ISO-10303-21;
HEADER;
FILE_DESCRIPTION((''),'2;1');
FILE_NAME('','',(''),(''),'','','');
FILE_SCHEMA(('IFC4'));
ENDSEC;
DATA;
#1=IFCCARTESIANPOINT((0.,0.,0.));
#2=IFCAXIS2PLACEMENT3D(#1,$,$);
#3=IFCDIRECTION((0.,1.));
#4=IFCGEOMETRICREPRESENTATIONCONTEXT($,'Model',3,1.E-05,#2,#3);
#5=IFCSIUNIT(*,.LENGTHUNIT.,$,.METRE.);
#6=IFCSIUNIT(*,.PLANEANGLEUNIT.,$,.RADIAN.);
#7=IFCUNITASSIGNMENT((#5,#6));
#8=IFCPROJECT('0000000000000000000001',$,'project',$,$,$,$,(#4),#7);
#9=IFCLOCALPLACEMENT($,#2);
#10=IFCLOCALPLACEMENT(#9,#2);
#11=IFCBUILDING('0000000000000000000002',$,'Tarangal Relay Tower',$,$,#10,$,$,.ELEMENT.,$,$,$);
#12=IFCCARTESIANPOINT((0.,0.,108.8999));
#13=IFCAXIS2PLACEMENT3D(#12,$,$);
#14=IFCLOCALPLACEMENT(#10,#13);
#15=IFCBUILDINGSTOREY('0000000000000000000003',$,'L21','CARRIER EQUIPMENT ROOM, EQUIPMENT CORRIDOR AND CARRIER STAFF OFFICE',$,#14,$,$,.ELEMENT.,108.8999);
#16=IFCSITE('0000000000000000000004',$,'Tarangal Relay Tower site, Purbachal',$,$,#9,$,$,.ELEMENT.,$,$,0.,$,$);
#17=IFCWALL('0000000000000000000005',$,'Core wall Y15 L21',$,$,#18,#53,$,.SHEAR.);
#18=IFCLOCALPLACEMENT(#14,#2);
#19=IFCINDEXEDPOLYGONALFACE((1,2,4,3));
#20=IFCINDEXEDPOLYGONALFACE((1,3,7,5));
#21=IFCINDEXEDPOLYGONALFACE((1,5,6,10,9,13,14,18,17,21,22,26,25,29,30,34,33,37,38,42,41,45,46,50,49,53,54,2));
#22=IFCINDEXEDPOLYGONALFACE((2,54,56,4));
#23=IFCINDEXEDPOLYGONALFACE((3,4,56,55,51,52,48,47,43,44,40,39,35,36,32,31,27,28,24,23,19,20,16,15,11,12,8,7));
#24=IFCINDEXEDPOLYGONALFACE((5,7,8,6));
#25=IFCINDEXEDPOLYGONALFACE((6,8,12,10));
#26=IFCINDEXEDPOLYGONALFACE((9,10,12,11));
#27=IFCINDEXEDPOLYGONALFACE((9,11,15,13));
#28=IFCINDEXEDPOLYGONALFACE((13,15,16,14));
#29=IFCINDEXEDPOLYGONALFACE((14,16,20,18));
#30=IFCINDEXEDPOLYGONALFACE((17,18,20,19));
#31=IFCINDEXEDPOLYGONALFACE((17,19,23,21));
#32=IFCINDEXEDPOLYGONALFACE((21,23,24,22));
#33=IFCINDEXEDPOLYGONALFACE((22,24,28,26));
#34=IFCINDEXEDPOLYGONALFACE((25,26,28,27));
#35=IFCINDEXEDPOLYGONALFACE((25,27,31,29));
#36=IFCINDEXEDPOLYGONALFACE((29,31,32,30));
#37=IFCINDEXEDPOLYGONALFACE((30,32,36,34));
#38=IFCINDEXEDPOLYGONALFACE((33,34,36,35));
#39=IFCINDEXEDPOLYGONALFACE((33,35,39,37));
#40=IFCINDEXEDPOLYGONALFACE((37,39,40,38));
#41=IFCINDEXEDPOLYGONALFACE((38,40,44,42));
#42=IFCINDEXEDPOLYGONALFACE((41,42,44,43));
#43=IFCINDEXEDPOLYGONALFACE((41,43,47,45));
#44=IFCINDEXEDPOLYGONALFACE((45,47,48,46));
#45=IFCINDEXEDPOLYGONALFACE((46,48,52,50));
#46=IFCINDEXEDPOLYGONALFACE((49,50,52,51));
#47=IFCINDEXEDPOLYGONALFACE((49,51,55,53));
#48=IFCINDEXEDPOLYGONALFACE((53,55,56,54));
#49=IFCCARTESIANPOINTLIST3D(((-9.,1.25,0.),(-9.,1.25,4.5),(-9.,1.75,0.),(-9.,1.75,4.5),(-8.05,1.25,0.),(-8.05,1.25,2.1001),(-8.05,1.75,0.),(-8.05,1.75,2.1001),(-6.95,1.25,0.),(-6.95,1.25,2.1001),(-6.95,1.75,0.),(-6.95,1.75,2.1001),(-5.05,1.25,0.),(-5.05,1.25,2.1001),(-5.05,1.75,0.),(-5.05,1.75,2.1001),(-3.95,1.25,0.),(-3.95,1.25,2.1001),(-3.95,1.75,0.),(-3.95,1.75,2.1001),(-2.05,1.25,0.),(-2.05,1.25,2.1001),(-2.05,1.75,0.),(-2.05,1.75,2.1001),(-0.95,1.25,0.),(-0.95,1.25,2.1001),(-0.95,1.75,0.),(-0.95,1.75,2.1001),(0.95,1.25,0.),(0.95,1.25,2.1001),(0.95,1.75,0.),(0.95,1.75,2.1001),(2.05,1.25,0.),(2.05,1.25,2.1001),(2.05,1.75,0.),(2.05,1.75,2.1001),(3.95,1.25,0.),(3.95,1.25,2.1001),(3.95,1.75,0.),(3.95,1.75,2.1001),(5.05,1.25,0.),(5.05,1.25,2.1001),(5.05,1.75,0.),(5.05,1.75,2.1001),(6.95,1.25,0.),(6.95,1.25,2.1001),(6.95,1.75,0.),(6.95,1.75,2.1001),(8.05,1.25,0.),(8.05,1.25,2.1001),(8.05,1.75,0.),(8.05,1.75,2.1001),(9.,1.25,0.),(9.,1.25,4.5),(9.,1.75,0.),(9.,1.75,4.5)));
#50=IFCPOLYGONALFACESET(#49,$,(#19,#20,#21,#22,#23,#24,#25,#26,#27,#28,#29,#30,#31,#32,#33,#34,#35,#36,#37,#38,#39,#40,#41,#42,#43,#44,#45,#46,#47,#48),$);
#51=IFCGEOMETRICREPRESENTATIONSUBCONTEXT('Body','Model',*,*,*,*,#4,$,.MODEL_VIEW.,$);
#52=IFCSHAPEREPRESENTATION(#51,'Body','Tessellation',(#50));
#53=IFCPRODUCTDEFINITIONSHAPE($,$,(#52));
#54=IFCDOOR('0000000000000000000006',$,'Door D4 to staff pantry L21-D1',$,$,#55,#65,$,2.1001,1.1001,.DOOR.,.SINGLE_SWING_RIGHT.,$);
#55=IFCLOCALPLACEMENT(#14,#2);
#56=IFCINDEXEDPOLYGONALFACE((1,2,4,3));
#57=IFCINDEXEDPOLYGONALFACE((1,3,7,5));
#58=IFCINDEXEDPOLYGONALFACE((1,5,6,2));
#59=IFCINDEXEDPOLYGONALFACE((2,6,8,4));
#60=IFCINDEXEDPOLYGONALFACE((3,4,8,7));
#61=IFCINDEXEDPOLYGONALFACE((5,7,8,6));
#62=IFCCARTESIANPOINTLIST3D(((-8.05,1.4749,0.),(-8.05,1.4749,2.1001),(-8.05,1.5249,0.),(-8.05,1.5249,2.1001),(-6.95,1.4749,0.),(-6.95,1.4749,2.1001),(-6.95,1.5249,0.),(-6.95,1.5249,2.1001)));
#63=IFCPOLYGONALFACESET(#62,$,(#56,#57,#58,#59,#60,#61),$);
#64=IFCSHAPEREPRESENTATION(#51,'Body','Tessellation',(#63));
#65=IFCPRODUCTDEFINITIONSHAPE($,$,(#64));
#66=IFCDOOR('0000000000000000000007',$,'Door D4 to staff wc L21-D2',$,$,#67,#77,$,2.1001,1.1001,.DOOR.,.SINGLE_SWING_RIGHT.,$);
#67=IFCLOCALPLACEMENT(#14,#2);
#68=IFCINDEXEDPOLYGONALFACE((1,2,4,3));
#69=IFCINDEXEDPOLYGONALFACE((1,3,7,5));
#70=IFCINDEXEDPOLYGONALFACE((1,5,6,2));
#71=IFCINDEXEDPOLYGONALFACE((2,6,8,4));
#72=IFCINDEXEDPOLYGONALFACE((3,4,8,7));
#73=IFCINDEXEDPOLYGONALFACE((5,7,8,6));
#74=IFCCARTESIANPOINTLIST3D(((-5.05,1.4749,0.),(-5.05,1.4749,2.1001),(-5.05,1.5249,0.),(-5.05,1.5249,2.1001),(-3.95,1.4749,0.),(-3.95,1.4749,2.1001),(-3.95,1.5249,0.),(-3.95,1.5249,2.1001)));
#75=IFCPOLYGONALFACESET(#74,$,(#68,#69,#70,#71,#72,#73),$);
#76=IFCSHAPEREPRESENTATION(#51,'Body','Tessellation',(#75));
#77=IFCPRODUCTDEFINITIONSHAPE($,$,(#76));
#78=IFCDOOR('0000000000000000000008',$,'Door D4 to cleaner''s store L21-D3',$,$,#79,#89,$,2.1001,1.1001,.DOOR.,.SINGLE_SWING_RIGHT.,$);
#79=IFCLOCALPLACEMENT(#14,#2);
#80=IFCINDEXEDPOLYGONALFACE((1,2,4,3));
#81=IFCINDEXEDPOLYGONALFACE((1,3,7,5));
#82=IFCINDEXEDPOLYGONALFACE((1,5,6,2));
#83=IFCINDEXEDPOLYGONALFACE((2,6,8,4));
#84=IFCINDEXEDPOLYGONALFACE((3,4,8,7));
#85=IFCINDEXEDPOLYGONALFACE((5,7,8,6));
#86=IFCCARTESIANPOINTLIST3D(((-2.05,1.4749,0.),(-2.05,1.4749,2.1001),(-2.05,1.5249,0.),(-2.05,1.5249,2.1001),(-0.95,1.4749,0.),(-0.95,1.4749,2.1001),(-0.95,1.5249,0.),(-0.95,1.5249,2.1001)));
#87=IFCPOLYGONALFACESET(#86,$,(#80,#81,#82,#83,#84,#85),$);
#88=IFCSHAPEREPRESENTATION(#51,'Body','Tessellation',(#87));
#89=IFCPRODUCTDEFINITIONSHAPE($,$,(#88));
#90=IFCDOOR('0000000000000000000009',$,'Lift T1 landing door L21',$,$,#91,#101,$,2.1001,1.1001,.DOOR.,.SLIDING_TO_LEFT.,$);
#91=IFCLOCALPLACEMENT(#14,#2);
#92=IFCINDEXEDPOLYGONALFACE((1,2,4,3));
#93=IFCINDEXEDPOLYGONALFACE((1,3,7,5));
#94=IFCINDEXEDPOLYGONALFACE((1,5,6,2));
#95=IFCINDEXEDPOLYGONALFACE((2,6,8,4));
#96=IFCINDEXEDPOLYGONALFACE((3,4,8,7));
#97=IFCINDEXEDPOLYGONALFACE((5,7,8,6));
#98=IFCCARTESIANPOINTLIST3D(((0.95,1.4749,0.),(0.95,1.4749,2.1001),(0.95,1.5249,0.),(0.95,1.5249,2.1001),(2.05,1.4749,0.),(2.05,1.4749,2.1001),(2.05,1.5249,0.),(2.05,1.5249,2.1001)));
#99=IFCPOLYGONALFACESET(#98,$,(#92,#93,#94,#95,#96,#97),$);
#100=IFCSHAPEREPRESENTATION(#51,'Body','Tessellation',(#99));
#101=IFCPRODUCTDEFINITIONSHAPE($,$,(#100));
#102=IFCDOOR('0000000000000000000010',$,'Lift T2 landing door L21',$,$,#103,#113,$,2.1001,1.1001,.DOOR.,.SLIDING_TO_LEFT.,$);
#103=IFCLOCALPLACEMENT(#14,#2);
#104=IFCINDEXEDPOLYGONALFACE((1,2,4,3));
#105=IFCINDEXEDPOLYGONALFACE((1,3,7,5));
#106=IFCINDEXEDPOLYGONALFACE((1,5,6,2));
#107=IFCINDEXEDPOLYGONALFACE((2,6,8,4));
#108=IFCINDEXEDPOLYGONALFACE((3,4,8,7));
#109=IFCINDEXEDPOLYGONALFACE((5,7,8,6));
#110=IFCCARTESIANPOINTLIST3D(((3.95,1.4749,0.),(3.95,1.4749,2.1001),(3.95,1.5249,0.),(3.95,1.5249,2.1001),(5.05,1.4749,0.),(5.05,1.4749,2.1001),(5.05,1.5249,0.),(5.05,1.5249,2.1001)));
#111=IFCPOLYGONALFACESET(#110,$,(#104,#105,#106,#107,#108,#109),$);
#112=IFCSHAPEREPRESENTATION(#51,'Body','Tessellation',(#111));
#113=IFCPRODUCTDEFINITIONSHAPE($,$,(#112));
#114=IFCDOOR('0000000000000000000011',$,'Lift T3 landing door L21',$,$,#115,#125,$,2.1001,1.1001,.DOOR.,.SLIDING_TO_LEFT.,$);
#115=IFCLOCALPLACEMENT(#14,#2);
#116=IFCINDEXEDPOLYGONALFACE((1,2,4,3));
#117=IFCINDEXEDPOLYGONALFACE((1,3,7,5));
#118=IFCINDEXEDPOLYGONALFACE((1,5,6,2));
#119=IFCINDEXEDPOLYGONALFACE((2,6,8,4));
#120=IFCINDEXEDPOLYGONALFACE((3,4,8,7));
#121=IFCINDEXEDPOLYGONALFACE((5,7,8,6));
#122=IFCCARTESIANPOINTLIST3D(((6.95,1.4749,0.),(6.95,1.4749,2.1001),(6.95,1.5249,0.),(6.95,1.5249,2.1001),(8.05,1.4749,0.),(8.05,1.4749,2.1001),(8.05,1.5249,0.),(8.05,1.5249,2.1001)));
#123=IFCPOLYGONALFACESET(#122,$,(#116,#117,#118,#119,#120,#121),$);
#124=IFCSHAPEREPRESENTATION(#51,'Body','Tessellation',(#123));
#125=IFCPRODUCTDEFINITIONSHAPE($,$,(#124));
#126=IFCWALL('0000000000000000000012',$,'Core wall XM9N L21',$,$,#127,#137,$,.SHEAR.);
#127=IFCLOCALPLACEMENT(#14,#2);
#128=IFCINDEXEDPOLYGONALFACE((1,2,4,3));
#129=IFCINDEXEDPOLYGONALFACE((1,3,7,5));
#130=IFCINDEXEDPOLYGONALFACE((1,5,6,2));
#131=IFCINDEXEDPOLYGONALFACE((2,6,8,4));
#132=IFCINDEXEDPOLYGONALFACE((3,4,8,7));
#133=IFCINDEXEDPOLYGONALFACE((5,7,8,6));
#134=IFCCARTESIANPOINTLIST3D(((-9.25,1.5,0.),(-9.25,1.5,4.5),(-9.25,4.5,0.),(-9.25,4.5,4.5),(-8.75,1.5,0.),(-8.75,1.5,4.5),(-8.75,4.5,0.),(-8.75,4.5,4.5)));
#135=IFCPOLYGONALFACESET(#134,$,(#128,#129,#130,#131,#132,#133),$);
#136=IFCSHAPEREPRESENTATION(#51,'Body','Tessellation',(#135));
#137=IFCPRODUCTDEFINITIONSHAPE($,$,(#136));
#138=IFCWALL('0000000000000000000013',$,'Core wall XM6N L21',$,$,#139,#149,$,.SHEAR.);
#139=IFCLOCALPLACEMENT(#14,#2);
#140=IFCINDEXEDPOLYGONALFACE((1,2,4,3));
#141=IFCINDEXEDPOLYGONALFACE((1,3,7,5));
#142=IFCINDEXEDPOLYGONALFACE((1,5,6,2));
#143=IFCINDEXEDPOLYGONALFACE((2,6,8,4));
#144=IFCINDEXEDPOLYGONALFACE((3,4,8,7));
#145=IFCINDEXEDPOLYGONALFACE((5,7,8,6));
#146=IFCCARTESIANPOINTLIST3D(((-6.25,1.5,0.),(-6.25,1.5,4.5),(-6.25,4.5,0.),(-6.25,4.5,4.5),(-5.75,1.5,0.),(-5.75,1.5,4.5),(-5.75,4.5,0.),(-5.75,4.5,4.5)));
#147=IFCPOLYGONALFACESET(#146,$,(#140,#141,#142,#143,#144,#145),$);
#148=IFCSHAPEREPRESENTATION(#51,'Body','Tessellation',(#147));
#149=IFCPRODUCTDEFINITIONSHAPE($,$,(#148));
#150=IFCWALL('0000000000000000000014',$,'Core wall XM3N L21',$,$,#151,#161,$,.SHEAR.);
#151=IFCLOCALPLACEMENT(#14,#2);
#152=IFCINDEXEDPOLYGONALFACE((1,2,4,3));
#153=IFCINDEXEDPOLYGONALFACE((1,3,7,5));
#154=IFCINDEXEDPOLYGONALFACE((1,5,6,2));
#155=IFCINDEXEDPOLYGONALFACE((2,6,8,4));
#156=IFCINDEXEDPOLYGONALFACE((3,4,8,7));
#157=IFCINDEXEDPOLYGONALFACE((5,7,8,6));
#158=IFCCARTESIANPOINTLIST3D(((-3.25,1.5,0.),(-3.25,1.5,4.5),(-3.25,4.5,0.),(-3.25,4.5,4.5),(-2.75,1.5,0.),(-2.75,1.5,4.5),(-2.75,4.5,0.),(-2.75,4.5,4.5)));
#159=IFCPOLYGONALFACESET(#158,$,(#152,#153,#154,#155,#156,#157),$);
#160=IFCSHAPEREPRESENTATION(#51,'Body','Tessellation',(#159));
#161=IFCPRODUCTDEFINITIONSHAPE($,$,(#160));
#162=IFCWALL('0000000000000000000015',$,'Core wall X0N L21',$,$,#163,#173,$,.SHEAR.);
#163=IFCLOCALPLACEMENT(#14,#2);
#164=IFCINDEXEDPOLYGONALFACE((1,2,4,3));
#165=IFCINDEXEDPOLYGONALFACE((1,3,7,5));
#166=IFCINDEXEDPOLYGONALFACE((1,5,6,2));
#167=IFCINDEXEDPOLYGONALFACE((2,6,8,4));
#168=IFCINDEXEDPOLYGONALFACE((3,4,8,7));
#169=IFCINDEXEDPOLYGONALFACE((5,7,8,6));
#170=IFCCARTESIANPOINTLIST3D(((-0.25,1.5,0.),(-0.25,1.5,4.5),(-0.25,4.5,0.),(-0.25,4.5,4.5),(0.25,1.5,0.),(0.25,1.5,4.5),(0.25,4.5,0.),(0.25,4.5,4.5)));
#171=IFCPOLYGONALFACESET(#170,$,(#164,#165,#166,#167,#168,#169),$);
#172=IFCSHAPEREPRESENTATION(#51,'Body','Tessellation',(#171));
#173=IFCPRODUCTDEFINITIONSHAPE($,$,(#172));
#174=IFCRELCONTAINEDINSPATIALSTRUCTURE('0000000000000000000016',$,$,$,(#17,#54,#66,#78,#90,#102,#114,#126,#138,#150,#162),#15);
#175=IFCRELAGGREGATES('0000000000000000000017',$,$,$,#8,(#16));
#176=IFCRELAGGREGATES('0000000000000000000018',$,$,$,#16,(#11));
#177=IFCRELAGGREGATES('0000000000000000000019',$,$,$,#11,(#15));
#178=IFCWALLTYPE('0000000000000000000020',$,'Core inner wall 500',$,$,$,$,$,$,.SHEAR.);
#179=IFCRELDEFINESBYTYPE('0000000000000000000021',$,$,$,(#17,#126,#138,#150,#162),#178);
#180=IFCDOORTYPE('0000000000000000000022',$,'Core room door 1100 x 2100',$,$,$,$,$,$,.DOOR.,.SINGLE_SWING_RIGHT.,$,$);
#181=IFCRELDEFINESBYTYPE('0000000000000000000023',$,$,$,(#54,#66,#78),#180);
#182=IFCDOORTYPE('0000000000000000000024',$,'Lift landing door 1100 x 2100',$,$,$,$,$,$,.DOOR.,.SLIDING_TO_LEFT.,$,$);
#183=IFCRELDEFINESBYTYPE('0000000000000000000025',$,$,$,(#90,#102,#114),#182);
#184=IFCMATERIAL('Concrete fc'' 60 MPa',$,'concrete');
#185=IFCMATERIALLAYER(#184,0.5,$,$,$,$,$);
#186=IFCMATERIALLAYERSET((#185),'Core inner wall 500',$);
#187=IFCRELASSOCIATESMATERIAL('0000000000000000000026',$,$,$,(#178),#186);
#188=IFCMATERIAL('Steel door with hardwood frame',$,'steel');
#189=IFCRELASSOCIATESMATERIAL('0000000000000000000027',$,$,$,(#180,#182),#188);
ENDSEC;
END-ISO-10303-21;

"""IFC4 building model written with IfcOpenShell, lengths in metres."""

from ifc_helpers import new_model, si_unit, direction, frame, frame_2d, origin, place, context, subcontext, project, spatial, rectangle, extrude, material, layer, layer_set, type_object, element, fill, save


model = new_model("IFC4")

# Units and contexts
model_context = context("Model", 3, precision=1e-05, world=origin(), true_north=direction((0.0, 1.0)))
body_context = subcontext(model_context, "Body", "Model", "MODEL_VIEW")
ifc_project = project(units=[si_unit("LENGTHUNIT", "METRE"), si_unit("PLANEANGLEUNIT", "RADIAN")], contexts=[model_context])

# Site, building, storey
site_placement = place(None, origin())
site = spatial("IfcSite", under=ifc_project, at=site_placement, Name="Tarangal Relay Tower site, Purbachal", CompositionType="ELEMENT", RefElevation=0.0)
building_placement = place(site_placement, origin())
building = spatial("IfcBuilding", under=site, at=building_placement, Name="Tarangal Relay Tower", CompositionType="ELEMENT")
storey_placement = place(building_placement, frame((0.0, 0.0, 108.8999)))
storey = spatial("IfcBuildingStorey", under=building, at=storey_placement, Name="L21", Description="CARRIER EQUIPMENT ROOM, EQUIPMENT CORRIDOR AND CARRIER STAFF OFFICE", CompositionType="ELEMENT", Elevation=108.8999)

# Wall, openings, doors
ifc_material_1 = material(Name="Concrete fc' 60 MPa", Category="concrete")
ifc_layer_1 = layer(ifc_material_1, 0.5)
ifc_layer_set_1 = layer_set([ifc_layer_1], Name="Core inner wall 500")
wall_type = type_object("IfcWallType", Name="Core inner wall 500", PredefinedType="SHEAR", material=ifc_layer_set_1)
wall_1_placement = place(storey_placement, frame((-9.0, 1.5, 0.0), z_axis=(0.0, 0.0, 1.0), x_axis=(1.0, 0.0, 0.0)))
wall_1 = element("IfcWall", 1, at=wall_1_placement, inside=storey, type_object=wall_type, Name="Core wall Y15 L21", PredefinedType="SHEAR", context=body_context, shape_type="SweptSolid", body=[
    extrude(rectangle(XDim=18.0, YDim=0.5, at=frame_2d((9.0, 0.0))), origin(), (0.0, 0.0, 1.0), 4.5),
])
opening_1_placement = place(wall_1_placement, frame((9.95, 0.0, 0.0)))
opening_1 = element("IfcOpeningElement", 2, at=opening_1_placement, cuts=wall_1, PredefinedType="OPENING", context=body_context, shape_type="SweptSolid", body=[
    extrude(rectangle(XDim=1.1001, YDim=2.1001, at=frame_2d((0.55, 1.05))), frame((0.0, 0.26, 0.0), z_axis=(0.0, -1.0, 0.0), x_axis=(1.0, 0.0, 0.0)), (0.0, 0.0, 1.0), 0.52),
])
opening_2_placement = place(wall_1_placement, frame((12.95, 0.0, 0.0)))
opening_2 = element("IfcOpeningElement", 3, at=opening_2_placement, cuts=wall_1, PredefinedType="OPENING", context=body_context, shape_type="SweptSolid", body=[
    extrude(rectangle(XDim=1.1001, YDim=2.1001, at=frame_2d((0.55, 1.05))), frame((0.0, 0.26, 0.0), z_axis=(0.0, -1.0, 0.0), x_axis=(1.0, 0.0, 0.0)), (0.0, 0.0, 1.0), 0.52),
])
opening_3_placement = place(wall_1_placement, frame((15.95, 0.0, 0.0)))
opening_3 = element("IfcOpeningElement", 4, at=opening_3_placement, cuts=wall_1, PredefinedType="OPENING", context=body_context, shape_type="SweptSolid", body=[
    extrude(rectangle(XDim=1.1001, YDim=2.1001, at=frame_2d((0.55, 1.05))), frame((0.0, 0.26, 0.0), z_axis=(0.0, -1.0, 0.0), x_axis=(1.0, 0.0, 0.0)), (0.0, 0.0, 1.0), 0.52),
])
opening_4_placement = place(wall_1_placement, frame((0.95, 0.0, 0.0)))
opening_4 = element("IfcOpeningElement", 5, at=opening_4_placement, cuts=wall_1, PredefinedType="OPENING", context=body_context, shape_type="SweptSolid", body=[
    extrude(rectangle(XDim=1.1001, YDim=2.1001, at=frame_2d((0.55, 1.05))), frame((0.0, 0.26, 0.0), z_axis=(0.0, -1.0, 0.0), x_axis=(1.0, 0.0, 0.0)), (0.0, 0.0, 1.0), 0.52),
])
opening_5_placement = place(wall_1_placement, frame((3.95, 0.0, 0.0)))
opening_5 = element("IfcOpeningElement", 6, at=opening_5_placement, cuts=wall_1, PredefinedType="OPENING", context=body_context, shape_type="SweptSolid", body=[
    extrude(rectangle(XDim=1.1001, YDim=2.1001, at=frame_2d((0.55, 1.05))), frame((0.0, 0.26, 0.0), z_axis=(0.0, -1.0, 0.0), x_axis=(1.0, 0.0, 0.0)), (0.0, 0.0, 1.0), 0.52),
])
opening_6_placement = place(wall_1_placement, frame((6.95, 0.0, 0.0)))
opening_6 = element("IfcOpeningElement", 7, at=opening_6_placement, cuts=wall_1, PredefinedType="OPENING", context=body_context, shape_type="SweptSolid", body=[
    extrude(rectangle(XDim=1.1001, YDim=2.1001, at=frame_2d((0.55, 1.05))), frame((0.0, 0.26, 0.0), z_axis=(0.0, -1.0, 0.0), x_axis=(1.0, 0.0, 0.0)), (0.0, 0.0, 1.0), 0.52),
])
ifc_material_2 = material(Name="Steel door with hardwood frame", Category="steel")
door_type_1 = type_object("IfcDoorType", Name="Core room door 1100 x 2100", OperationType="SINGLE_SWING_RIGHT", PredefinedType="DOOR", material=ifc_material_2)
door_1_placement = place(opening_4_placement, origin())
door_1 = element("IfcDoor", 8, at=door_1_placement, inside=storey, type_object=door_type_1, Name="Door D4 to staff pantry L21-D1", OperationType="SINGLE_SWING_RIGHT", OverallHeight=2.1001, OverallWidth=1.1001, PredefinedType="DOOR", context=body_context, shape_type="SweptSolid", body=[
    extrude(rectangle(XDim=1.1001, YDim=2.1001, at=frame_2d((0.55, 1.05))), frame((0.0, 0.0249, 0.0), z_axis=(0.0, -1.0, 0.0), x_axis=(1.0, 0.0, 0.0)), (0.0, 0.0, 1.0), 0.05),
])
fill(opening_4, door_1)
door_2_placement = place(opening_5_placement, origin())
door_2 = element("IfcDoor", 9, at=door_2_placement, inside=storey, type_object=door_type_1, Name="Door D4 to staff wc L21-D2", OperationType="SINGLE_SWING_RIGHT", OverallHeight=2.1001, OverallWidth=1.1001, PredefinedType="DOOR", context=body_context, shape_type="SweptSolid", body=[
    extrude(rectangle(XDim=1.1001, YDim=2.1001, at=frame_2d((0.55, 1.05))), frame((0.0, 0.0249, 0.0), z_axis=(0.0, -1.0, 0.0), x_axis=(1.0, 0.0, 0.0)), (0.0, 0.0, 1.0), 0.05),
])
fill(opening_5, door_2)
door_3_placement = place(opening_6_placement, origin())
door_3 = element("IfcDoor", 10, at=door_3_placement, inside=storey, type_object=door_type_1, Name="Door D4 to cleaner's store L21-D3", OperationType="SINGLE_SWING_RIGHT", OverallHeight=2.1001, OverallWidth=1.1001, PredefinedType="DOOR", context=body_context, shape_type="SweptSolid", body=[
    extrude(rectangle(XDim=1.1001, YDim=2.1001, at=frame_2d((0.55, 1.05))), frame((0.0, 0.0249, 0.0), z_axis=(0.0, -1.0, 0.0), x_axis=(1.0, 0.0, 0.0)), (0.0, 0.0, 1.0), 0.05),
])
fill(opening_6, door_3)
door_type_2 = type_object("IfcDoorType", Name="Lift landing door 1100 x 2100", OperationType="SLIDING_TO_LEFT", PredefinedType="DOOR", material=ifc_material_2)
door_4_placement = place(opening_1_placement, origin())
door_4 = element("IfcDoor", 11, at=door_4_placement, inside=storey, type_object=door_type_2, Name="Lift T1 landing door L21", OperationType="SLIDING_TO_LEFT", OverallHeight=2.1001, OverallWidth=1.1001, PredefinedType="DOOR", context=body_context, shape_type="SweptSolid", body=[
    extrude(rectangle(XDim=1.1001, YDim=2.1001, at=frame_2d((0.55, 1.05))), frame((0.0, 0.0249, 0.0), z_axis=(0.0, -1.0, 0.0), x_axis=(1.0, 0.0, 0.0)), (0.0, 0.0, 1.0), 0.05),
])
fill(opening_1, door_4)
door_5_placement = place(opening_2_placement, origin())
door_5 = element("IfcDoor", 12, at=door_5_placement, inside=storey, type_object=door_type_2, Name="Lift T2 landing door L21", OperationType="SLIDING_TO_LEFT", OverallHeight=2.1001, OverallWidth=1.1001, PredefinedType="DOOR", context=body_context, shape_type="SweptSolid", body=[
    extrude(rectangle(XDim=1.1001, YDim=2.1001, at=frame_2d((0.55, 1.05))), frame((0.0, 0.0249, 0.0), z_axis=(0.0, -1.0, 0.0), x_axis=(1.0, 0.0, 0.0)), (0.0, 0.0, 1.0), 0.05),
])
fill(opening_2, door_5)
door_6_placement = place(opening_3_placement, origin())
door_6 = element("IfcDoor", 13, at=door_6_placement, inside=storey, type_object=door_type_2, Name="Lift T3 landing door L21", OperationType="SLIDING_TO_LEFT", OverallHeight=2.1001, OverallWidth=1.1001, PredefinedType="DOOR", context=body_context, shape_type="SweptSolid", body=[
    extrude(rectangle(XDim=1.1001, YDim=2.1001, at=frame_2d((0.55, 1.05))), frame((0.0, 0.0249, 0.0), z_axis=(0.0, -1.0, 0.0), x_axis=(1.0, 0.0, 0.0)), (0.0, 0.0, 1.0), 0.05),
])
fill(opening_3, door_6)

# Walls
for number, where, z_axis, x_axis, name in (
    (14, (-9.0, 1.5, 0.0), (0.0, 0.0, 1.0), (0.0, 1.0, 0.0), "Core wall XM9N L21"),
    (15, (-6.0, 1.5, 0.0), (0.0, 0.0, 1.0), (0.0, 1.0, 0.0), "Core wall XM6N L21"),
    (16, (-3.0, 1.5, 0.0), (0.0, 0.0, 1.0), (0.0, 1.0, 0.0), "Core wall XM3N L21"),
    (17, (0.0, 1.5, 0.0), (0.0, 0.0, 1.0), (0.0, 1.0, 0.0), "Core wall X0N L21"),
):
    element("IfcWall", number, at=place(storey_placement, frame(where, z_axis=z_axis, x_axis=x_axis)), inside=storey, type_object=wall_type, Name=name, PredefinedType="SHEAR", context=body_context, shape_type="SweptSolid", body=[
        extrude(rectangle(XDim=3.0, YDim=0.5, at=frame_2d((1.5, 0.0))), origin(), (0.0, 0.0, 1.0), 4.5),
    ])

save(model, "model.ifc")
